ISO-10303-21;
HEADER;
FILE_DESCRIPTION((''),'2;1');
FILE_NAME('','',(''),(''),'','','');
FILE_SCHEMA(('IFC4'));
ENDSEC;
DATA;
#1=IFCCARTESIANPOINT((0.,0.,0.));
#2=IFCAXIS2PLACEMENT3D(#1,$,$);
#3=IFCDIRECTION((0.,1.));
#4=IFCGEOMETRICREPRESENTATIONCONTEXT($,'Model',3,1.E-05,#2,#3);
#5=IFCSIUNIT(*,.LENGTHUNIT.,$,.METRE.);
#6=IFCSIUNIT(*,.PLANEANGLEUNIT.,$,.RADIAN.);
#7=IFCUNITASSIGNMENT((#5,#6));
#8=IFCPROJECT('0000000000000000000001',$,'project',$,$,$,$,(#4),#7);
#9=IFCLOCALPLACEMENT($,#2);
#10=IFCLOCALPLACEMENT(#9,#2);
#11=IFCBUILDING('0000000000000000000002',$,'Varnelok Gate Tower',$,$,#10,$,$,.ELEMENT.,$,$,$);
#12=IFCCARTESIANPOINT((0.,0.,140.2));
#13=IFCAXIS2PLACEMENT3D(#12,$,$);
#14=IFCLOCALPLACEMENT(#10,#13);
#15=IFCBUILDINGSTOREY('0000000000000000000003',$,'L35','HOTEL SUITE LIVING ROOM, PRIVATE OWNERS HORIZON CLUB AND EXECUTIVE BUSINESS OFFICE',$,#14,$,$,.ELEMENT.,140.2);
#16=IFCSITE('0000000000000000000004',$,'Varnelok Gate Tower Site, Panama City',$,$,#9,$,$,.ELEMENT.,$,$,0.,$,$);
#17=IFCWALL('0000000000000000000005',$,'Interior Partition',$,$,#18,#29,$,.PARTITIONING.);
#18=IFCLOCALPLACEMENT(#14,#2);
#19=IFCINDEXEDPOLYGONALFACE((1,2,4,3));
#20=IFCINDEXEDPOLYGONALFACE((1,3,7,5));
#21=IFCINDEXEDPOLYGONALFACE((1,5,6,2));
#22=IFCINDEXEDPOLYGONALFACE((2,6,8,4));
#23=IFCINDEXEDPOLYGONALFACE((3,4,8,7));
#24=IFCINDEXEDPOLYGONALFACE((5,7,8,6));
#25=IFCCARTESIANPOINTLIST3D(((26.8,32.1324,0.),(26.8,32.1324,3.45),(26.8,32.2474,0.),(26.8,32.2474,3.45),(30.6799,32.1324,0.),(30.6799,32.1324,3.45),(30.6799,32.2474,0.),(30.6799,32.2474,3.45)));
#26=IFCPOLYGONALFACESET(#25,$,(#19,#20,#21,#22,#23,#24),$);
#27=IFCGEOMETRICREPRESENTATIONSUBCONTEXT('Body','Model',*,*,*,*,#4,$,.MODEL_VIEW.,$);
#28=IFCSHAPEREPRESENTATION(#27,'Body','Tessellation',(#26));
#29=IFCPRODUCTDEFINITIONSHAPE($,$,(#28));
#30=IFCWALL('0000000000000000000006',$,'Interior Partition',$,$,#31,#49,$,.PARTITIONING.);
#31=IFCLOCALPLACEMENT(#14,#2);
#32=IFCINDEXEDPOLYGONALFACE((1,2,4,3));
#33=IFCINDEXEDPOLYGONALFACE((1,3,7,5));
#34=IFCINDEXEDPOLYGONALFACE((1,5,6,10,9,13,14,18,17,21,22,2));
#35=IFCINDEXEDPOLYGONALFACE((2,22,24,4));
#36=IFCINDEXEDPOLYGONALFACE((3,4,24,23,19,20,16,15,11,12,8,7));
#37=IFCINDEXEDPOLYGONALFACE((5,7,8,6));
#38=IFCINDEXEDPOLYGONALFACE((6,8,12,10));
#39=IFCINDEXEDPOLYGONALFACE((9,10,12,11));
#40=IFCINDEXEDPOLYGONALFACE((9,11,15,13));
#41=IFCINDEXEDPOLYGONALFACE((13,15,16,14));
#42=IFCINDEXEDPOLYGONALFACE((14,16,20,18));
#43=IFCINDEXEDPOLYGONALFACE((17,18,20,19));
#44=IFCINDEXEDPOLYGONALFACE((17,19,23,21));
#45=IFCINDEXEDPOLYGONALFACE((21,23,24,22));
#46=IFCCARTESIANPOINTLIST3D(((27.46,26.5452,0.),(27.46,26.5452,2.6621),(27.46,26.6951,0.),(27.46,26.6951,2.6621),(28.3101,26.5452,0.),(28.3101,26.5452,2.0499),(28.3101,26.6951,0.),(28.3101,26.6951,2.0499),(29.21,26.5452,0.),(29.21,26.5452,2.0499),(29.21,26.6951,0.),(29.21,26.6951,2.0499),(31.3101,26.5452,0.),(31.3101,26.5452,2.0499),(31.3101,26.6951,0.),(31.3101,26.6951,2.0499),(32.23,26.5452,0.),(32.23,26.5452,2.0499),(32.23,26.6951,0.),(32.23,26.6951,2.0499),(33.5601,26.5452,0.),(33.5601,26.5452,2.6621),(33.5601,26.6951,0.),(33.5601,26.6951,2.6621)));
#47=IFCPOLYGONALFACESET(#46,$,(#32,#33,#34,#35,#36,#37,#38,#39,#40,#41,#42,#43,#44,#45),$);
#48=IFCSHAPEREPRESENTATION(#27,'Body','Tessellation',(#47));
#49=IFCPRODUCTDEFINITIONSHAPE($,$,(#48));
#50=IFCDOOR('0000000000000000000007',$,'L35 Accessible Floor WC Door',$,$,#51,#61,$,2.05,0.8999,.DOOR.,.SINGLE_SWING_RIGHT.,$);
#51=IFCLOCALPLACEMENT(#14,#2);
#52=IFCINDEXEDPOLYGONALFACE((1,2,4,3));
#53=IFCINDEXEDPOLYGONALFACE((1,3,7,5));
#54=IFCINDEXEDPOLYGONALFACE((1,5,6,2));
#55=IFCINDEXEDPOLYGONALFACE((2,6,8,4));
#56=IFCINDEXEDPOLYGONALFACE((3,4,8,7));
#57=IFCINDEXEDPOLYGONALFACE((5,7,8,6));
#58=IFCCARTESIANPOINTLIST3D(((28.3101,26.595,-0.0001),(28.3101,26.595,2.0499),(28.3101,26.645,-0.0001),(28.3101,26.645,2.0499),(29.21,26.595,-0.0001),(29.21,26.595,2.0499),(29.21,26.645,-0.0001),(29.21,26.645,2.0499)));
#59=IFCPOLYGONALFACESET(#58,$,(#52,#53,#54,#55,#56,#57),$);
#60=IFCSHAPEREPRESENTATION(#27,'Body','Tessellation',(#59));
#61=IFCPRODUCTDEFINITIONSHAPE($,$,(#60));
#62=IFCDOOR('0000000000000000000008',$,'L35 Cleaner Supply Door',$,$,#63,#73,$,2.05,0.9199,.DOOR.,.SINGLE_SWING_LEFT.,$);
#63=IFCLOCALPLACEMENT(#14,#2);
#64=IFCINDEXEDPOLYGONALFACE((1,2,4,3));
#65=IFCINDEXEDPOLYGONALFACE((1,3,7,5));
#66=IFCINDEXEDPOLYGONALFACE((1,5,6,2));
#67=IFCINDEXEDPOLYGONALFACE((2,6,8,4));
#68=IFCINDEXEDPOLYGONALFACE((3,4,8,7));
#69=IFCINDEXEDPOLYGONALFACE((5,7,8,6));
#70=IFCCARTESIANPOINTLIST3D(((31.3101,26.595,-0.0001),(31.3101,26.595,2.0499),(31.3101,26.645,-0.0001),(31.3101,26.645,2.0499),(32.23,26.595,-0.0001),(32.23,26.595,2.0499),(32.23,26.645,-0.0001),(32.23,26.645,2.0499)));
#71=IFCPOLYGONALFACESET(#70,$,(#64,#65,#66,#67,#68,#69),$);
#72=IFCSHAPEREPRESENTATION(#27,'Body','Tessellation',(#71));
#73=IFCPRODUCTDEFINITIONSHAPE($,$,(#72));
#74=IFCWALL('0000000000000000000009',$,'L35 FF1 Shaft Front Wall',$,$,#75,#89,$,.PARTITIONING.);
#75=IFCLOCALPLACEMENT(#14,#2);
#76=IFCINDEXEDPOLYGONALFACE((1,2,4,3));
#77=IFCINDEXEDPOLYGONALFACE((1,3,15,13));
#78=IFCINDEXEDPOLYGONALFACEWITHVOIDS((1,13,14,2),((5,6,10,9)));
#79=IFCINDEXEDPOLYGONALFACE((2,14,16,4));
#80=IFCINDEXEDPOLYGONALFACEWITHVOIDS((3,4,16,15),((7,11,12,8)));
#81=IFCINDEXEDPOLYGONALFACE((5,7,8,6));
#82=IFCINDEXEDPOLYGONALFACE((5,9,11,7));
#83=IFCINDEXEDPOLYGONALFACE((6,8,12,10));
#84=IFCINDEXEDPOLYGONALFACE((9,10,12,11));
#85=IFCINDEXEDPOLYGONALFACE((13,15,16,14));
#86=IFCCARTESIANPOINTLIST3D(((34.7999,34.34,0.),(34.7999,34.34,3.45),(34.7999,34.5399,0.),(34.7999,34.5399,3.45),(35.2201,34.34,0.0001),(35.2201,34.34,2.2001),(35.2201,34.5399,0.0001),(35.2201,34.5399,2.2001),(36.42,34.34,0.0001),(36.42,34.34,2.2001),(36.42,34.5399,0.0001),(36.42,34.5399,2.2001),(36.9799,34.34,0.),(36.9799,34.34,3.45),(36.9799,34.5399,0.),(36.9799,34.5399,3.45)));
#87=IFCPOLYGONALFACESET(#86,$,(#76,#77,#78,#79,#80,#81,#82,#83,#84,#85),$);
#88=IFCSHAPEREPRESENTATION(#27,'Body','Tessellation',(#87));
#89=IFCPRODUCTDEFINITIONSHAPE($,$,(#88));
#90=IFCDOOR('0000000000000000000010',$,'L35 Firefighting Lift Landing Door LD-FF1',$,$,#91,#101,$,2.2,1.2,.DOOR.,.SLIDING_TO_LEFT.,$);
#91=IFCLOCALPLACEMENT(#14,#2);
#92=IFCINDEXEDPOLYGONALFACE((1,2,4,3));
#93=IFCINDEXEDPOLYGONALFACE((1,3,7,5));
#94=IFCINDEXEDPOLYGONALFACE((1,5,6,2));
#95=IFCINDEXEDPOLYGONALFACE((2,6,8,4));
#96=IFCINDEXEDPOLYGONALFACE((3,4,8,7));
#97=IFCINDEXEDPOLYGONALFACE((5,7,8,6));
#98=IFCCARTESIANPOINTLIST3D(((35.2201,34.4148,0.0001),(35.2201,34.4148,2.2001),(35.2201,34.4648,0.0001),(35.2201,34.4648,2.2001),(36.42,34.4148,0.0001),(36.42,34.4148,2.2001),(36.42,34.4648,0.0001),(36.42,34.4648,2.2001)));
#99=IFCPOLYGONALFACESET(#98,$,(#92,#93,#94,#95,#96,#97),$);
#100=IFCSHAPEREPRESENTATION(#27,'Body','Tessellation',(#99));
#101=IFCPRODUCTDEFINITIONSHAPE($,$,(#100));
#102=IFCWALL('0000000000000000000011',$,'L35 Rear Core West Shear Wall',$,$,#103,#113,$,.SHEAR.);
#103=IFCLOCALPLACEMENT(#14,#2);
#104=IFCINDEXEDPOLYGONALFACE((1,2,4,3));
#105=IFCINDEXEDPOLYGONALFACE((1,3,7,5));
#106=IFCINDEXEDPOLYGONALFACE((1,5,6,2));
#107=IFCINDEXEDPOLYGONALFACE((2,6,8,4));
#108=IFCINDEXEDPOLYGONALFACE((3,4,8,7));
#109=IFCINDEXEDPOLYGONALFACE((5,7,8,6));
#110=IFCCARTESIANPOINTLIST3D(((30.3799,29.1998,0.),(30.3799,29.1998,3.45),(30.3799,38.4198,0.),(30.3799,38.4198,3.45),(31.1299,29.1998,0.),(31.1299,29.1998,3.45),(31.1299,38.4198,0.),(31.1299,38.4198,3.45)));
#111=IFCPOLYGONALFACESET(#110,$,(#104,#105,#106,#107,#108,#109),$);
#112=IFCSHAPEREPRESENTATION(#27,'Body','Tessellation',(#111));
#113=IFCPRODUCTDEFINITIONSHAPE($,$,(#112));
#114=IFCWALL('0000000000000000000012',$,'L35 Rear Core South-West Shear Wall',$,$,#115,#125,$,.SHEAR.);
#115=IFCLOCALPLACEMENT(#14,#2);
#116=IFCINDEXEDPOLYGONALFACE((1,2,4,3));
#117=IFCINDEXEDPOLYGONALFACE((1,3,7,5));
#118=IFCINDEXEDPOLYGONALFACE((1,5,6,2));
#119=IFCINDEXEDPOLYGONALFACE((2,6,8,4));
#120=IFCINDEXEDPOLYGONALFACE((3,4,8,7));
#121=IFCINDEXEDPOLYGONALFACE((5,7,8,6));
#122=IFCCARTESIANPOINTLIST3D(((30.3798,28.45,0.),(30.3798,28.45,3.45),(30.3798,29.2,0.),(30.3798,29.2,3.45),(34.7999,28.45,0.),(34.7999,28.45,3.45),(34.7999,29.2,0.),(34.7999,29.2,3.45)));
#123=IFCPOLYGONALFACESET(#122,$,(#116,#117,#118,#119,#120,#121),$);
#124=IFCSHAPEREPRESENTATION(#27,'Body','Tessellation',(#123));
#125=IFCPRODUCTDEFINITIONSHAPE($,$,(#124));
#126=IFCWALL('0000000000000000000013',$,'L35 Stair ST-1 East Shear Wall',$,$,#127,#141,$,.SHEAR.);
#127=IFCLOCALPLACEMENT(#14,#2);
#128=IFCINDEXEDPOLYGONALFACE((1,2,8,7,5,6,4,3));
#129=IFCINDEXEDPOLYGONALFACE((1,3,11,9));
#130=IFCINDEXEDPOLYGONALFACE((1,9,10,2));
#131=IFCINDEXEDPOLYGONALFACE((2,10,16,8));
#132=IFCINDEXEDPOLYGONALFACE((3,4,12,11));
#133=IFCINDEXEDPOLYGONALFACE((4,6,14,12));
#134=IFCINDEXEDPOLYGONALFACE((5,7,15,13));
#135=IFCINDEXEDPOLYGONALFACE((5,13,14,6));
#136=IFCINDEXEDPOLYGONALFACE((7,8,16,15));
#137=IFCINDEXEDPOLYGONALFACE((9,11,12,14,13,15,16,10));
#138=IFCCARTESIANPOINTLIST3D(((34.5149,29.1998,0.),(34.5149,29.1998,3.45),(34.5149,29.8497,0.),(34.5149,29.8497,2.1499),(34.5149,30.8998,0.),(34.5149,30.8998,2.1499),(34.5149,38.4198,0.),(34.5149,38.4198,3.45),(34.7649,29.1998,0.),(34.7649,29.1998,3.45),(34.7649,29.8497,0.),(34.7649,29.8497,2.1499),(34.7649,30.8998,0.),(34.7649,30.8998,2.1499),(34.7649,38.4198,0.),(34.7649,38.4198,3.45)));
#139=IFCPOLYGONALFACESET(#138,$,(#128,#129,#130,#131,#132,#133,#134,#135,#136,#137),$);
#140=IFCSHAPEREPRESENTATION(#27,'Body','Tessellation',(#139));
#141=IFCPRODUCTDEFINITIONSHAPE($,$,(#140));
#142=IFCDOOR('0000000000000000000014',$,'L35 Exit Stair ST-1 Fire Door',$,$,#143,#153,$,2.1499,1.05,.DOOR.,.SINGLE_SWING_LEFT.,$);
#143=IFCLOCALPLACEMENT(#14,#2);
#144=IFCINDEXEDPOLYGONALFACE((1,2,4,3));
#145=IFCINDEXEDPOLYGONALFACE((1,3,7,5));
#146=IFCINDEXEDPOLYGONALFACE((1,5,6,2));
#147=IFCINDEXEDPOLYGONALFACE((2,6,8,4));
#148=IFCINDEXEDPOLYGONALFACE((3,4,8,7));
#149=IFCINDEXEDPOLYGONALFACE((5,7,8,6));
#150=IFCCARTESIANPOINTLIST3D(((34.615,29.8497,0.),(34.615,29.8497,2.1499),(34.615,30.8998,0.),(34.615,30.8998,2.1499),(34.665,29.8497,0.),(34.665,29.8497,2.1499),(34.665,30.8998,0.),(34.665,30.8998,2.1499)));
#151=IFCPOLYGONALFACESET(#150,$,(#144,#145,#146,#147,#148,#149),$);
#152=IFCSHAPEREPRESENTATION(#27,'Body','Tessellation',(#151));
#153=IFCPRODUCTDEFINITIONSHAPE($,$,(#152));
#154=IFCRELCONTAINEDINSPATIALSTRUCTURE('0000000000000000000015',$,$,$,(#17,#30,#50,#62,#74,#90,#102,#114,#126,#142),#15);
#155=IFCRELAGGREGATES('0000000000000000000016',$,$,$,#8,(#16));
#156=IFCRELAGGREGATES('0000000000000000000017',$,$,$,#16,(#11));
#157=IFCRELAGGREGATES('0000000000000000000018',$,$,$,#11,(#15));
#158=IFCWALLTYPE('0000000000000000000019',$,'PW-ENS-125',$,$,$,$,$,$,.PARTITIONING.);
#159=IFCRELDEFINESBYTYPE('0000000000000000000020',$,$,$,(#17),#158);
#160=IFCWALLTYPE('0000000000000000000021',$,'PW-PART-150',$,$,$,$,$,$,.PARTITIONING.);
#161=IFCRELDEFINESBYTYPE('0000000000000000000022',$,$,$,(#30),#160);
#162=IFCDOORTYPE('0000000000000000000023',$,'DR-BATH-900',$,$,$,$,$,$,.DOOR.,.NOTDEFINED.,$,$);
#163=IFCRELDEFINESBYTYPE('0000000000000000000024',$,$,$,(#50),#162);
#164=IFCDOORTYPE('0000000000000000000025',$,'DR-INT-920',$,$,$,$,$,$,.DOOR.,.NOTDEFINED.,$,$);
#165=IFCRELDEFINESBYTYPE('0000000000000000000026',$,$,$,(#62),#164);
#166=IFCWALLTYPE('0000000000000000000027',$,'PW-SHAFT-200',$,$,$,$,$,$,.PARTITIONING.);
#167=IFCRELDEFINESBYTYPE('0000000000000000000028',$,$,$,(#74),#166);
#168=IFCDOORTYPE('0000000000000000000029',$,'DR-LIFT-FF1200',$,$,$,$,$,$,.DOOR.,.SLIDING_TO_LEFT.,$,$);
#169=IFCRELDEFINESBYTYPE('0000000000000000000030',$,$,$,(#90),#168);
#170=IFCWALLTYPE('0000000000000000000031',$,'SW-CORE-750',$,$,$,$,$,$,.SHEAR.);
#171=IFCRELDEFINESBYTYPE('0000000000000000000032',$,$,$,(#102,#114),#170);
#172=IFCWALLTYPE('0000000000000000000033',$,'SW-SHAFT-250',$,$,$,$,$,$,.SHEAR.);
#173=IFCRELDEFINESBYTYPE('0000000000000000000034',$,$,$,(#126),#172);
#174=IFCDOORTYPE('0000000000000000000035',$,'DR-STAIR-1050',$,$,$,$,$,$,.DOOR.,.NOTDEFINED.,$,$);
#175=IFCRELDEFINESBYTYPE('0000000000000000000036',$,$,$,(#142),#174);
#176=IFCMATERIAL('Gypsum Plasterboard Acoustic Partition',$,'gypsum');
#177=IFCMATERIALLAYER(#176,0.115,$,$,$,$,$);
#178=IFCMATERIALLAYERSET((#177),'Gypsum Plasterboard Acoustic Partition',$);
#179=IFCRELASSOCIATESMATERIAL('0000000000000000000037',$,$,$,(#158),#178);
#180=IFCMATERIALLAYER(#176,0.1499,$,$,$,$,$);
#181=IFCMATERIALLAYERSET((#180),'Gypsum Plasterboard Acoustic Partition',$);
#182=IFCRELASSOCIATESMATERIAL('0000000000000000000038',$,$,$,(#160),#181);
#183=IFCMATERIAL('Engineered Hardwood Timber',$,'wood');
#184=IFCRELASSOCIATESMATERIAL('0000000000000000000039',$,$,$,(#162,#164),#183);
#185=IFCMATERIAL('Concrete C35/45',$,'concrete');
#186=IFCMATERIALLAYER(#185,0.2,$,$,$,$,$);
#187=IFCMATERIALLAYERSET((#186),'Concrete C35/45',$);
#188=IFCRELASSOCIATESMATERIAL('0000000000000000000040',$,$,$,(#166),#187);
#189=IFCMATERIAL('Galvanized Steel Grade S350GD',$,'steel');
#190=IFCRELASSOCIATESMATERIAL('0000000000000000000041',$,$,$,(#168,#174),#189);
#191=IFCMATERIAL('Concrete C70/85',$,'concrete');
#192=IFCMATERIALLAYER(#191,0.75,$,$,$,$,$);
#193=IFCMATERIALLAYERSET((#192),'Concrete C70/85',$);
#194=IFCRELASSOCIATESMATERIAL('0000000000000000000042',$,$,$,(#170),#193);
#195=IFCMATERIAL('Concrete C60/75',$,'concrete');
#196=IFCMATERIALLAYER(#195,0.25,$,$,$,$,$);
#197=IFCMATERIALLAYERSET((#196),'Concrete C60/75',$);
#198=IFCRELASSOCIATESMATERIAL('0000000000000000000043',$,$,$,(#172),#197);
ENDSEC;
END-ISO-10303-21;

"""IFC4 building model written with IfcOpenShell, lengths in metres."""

from ifc_helpers import new_model, si_unit, direction, frame, frame_2d, origin, place, context, subcontext, project, spatial, rectangle, extrude, material, layer, layer_set, type_object, element, fill, save


model = new_model("IFC4")

# Units and contexts
model_context = context("Model", 3, precision=1e-05, world=origin(), true_north=direction((0.0, 1.0)))
body_context = subcontext(model_context, "Body", "Model", "MODEL_VIEW")
ifc_project = project(units=[si_unit("LENGTHUNIT", "METRE"), si_unit("PLANEANGLEUNIT", "RADIAN")], contexts=[model_context])

# Site, building, storey
site_placement = place(None, origin())
site = spatial("IfcSite", under=ifc_project, at=site_placement, Name="Varnelok Gate Tower Site, Panama City", CompositionType="ELEMENT", RefElevation=0.0)
building_placement = place(site_placement, origin())
building = spatial("IfcBuilding", under=site, at=building_placement, Name="Varnelok Gate Tower", CompositionType="ELEMENT")
storey_placement = place(building_placement, frame((0.0, 0.0, 140.2)))
storey = spatial("IfcBuildingStorey", under=building, at=storey_placement, Name="L35", Description="HOTEL SUITE LIVING ROOM, PRIVATE OWNERS HORIZON CLUB AND EXECUTIVE BUSINESS OFFICE", CompositionType="ELEMENT", Elevation=140.2)

# Shared definitions
ifc_material_1 = material(Name="Concrete C70/85", Category="concrete")

# Shared definitions
ifc_material_2 = material(Name="Concrete C60/75", Category="concrete")

# Wall
ifc_material_3 = material(Name="Gypsum Plasterboard Acoustic Partition", Category="gypsum")
ifc_layer_1 = layer(ifc_material_3, 0.115)
ifc_layer_set_1 = layer_set([ifc_layer_1], Name="Gypsum Plasterboard Acoustic Partition")
wall_type_1 = type_object("IfcWallType", Name="PW-ENS-125", PredefinedType="PARTITIONING", material=ifc_layer_set_1)
wall_1_placement = place(storey_placement, frame((26.8, 32.1899, 0.0), z_axis=(0.0, 0.0, 1.0), x_axis=(1.0, 0.0, 0.0)))
element("IfcWall", 1, at=wall_1_placement, inside=storey, type_object=wall_type_1, Name="Interior Partition", PredefinedType="PARTITIONING", context=body_context, shape_type="SweptSolid", body=[
    extrude(rectangle(XDim=3.8799, YDim=0.115, at=frame_2d((1.9399, 0.0))), origin(), (0.0, 0.0, 1.0), 3.45),
])

# Wall, openings, doors
ifc_layer_2 = layer(ifc_material_3, 0.1499)
ifc_layer_set_2 = layer_set([ifc_layer_2], Name="Gypsum Plasterboard Acoustic Partition")
wall_type_2 = type_object("IfcWallType", Name="PW-PART-150", PredefinedType="PARTITIONING", material=ifc_layer_set_2)
wall_2_placement = place(storey_placement, frame((27.46, 26.6201, 0.0), z_axis=(0.0, 0.0, 1.0), x_axis=(1.0, 0.0, 0.0)))
wall_2 = element("IfcWall", 2, at=wall_2_placement, inside=storey, type_object=wall_type_2, Name="Interior Partition", PredefinedType="PARTITIONING", context=body_context, shape_type="SweptSolid", body=[
    extrude(rectangle(XDim=6.1001, YDim=0.1499, at=frame_2d((3.05, 0.0))), origin(), (0.0, 0.0, 1.0), 2.6621),
])
opening_1_placement = place(wall_2_placement, frame((0.8501, 0.0, 0.0)))
opening_1 = element("IfcOpeningElement", 3, at=opening_1_placement, cuts=wall_2, PredefinedType="OPENING", context=body_context, shape_type="SweptSolid", body=[
    extrude(rectangle(XDim=0.8999, YDim=2.05, at=frame_2d((0.45, 1.0249))), frame((0.0, 0.085, 0.0), z_axis=(0.0, -1.0, 0.0), x_axis=(1.0, 0.0, 0.0)), (0.0, 0.0, 1.0), 0.1699),
])
opening_2_placement = place(wall_2_placement, frame((3.8501, 0.0, 0.0)))
opening_2 = element("IfcOpeningElement", 4, at=opening_2_placement, cuts=wall_2, PredefinedType="OPENING", context=body_context, shape_type="SweptSolid", body=[
    extrude(rectangle(XDim=0.9199, YDim=2.05, at=frame_2d((0.46, 1.0249))), frame((0.0, 0.085, 0.0), z_axis=(0.0, -1.0, 0.0), x_axis=(1.0, 0.0, 0.0)), (0.0, 0.0, 1.0), 0.1699),
])
ifc_material_4 = material(Name="Engineered Hardwood Timber", Category="wood")
door_type_1 = type_object("IfcDoorType", Name="DR-BATH-900", OperationType="NOTDEFINED", PredefinedType="DOOR", material=ifc_material_4)
door_1_placement = place(opening_1_placement, origin())
door_1 = element("IfcDoor", 5, at=door_1_placement, inside=storey, type_object=door_type_1, Name="L35 Accessible Floor WC Door", OperationType="SINGLE_SWING_RIGHT", OverallHeight=2.05, OverallWidth=0.8999, PredefinedType="DOOR", context=body_context, shape_type="SweptSolid", body=[
    extrude(rectangle(XDim=0.8999, YDim=2.05, at=frame_2d((0.45, 1.0249))), frame((0.0, 0.0249, 0.0), z_axis=(0.0, -1.0, 0.0), x_axis=(1.0, 0.0, 0.0)), (0.0, 0.0, 1.0), 0.05),
])
fill(opening_1, door_1)
door_type_2 = type_object("IfcDoorType", Name="DR-INT-920", OperationType="NOTDEFINED", PredefinedType="DOOR", material=ifc_material_4)
door_2_placement = place(opening_2_placement, origin())
door_2 = element("IfcDoor", 6, at=door_2_placement, inside=storey, type_object=door_type_2, Name="L35 Cleaner Supply Door", OperationType="SINGLE_SWING_LEFT", OverallHeight=2.05, OverallWidth=0.9199, PredefinedType="DOOR", context=body_context, shape_type="SweptSolid", body=[
    extrude(rectangle(XDim=0.9199, YDim=2.05, at=frame_2d((0.46, 1.0249))), frame((0.0, 0.0249, 0.0), z_axis=(0.0, -1.0, 0.0), x_axis=(1.0, 0.0, 0.0)), (0.0, 0.0, 1.0), 0.05),
])
fill(opening_2, door_2)

# Wall, opening, door
ifc_material_5 = material(Name="Concrete C35/45", Category="concrete")
ifc_layer_3 = layer(ifc_material_5, 0.2)
ifc_layer_set_3 = layer_set([ifc_layer_3], Name="Concrete C35/45")
wall_type_3 = type_object("IfcWallType", Name="PW-SHAFT-200", PredefinedType="PARTITIONING", material=ifc_layer_set_3)
wall_3_placement = place(storey_placement, frame((34.8, 34.4399, 0.0), z_axis=(0.0, 0.0, 1.0), x_axis=(1.0, 0.0, 0.0)))
wall_3 = element("IfcWall", 7, at=wall_3_placement, inside=storey, type_object=wall_type_3, Name="L35 FF1 Shaft Front Wall", PredefinedType="PARTITIONING", context=body_context, shape_type="SweptSolid", body=[
    extrude(rectangle(XDim=2.1799, YDim=0.2, at=frame_2d((1.0898, 0.0))), origin(), (0.0, 0.0, 1.0), 3.45),
])
opening_3_placement = place(wall_3_placement, frame((0.4199, 0.0, 0.0)))
opening_3 = element("IfcOpeningElement", 8, at=opening_3_placement, cuts=wall_3, PredefinedType="OPENING", context=body_context, shape_type="SweptSolid", body=[
    extrude(rectangle(XDim=1.2, YDim=2.2, at=frame_2d((0.6001, 1.1001))), frame((0.0, 0.1099, 0.0), z_axis=(0.0, -1.0, 0.0), x_axis=(1.0, 0.0, 0.0)), (0.0, 0.0, 1.0), 0.22),
])
ifc_material_6 = material(Name="Galvanized Steel Grade S350GD", Category="steel")
door_type_3 = type_object("IfcDoorType", Name="DR-LIFT-FF1200", OperationType="SLIDING_TO_LEFT", PredefinedType="DOOR", material=ifc_material_6)
door_3_placement = place(opening_3_placement, origin())
door_3 = element("IfcDoor", 9, at=door_3_placement, inside=storey, type_object=door_type_3, Name="L35 Firefighting Lift Landing Door LD-FF1", OperationType="SLIDING_TO_LEFT", OverallHeight=2.2, OverallWidth=1.2, PredefinedType="DOOR", context=body_context, shape_type="SweptSolid", body=[
    extrude(rectangle(XDim=1.2, YDim=2.2, at=frame_2d((0.6001, 1.1001))), frame((0.0, 0.0249, 0.0), z_axis=(0.0, -1.0, 0.0), x_axis=(1.0, 0.0, 0.0)), (0.0, 0.0, 1.0), 0.05),
])
fill(opening_3, door_3)

# Walls
ifc_layer_4 = layer(ifc_material_1, 0.75)
ifc_layer_set_4 = layer_set([ifc_layer_4], Name="Concrete C70/85")
wall_type_4 = type_object("IfcWallType", Name="SW-CORE-750", PredefinedType="SHEAR", material=ifc_layer_set_4)
wall_4_placement = place(storey_placement, frame((30.7549, 29.2, 0.0), z_axis=(0.0, 0.0, 1.0), x_axis=(0.0, 1.0, 0.0)))
element("IfcWall", 10, at=wall_4_placement, inside=storey, type_object=wall_type_4, Name="L35 Rear Core West Shear Wall", PredefinedType="SHEAR", context=body_context, shape_type="SweptSolid", body=[
    extrude(rectangle(XDim=9.22, YDim=0.75, at=frame_2d((4.6099, 0.0))), origin(), (0.0, 0.0, 1.0), 3.45),
])
wall_5_placement = place(storey_placement, frame((30.3799, 28.825, 0.0), z_axis=(0.0, 0.0, 1.0), x_axis=(1.0, 0.0, 0.0)))
element("IfcWall", 11, at=wall_5_placement, inside=storey, type_object=wall_type_4, Name="L35 Rear Core South-West Shear Wall", PredefinedType="SHEAR", context=body_context, shape_type="SweptSolid", body=[
    extrude(rectangle(XDim=4.4202, YDim=0.75, at=frame_2d((2.21, 0.0))), origin(), (0.0, 0.0, 1.0), 3.45),
])

# Wall, opening, door
ifc_layer_5 = layer(ifc_material_2, 0.25)
ifc_layer_set_5 = layer_set([ifc_layer_5], Name="Concrete C60/75")
wall_type_5 = type_object("IfcWallType", Name="SW-SHAFT-250", PredefinedType="SHEAR", material=ifc_layer_set_5)
wall_6_placement = place(storey_placement, frame((34.6399, 29.2, 0.0), z_axis=(0.0, 0.0, 1.0), x_axis=(0.0, 1.0, 0.0)))
wall_6 = element("IfcWall", 12, at=wall_6_placement, inside=storey, type_object=wall_type_5, Name="L35 Stair ST-1 East Shear Wall", PredefinedType="SHEAR", context=body_context, shape_type="SweptSolid", body=[
    extrude(rectangle(XDim=9.22, YDim=0.25, at=frame_2d((4.6099, 0.0))), origin(), (0.0, 0.0, 1.0), 3.45),
])
opening_4_placement = place(wall_6_placement, frame((0.6499, 0.0, 0.0)))
opening_4 = element("IfcOpeningElement", 13, at=opening_4_placement, cuts=wall_6, PredefinedType="OPENING", context=body_context, shape_type="SweptSolid", body=[
    extrude(rectangle(XDim=1.05, YDim=2.1499, at=frame_2d((0.5249, 1.075))), frame((0.0, 0.135, 0.0), z_axis=(0.0, -1.0, 0.0), x_axis=(1.0, 0.0, 0.0)), (0.0, 0.0, 1.0), 0.27),
])
door_type_4 = type_object("IfcDoorType", Name="DR-STAIR-1050", OperationType="NOTDEFINED", PredefinedType="DOOR", material=ifc_material_6)
door_4_placement = place(opening_4_placement, origin())
door_4 = element("IfcDoor", 14, at=door_4_placement, inside=storey, type_object=door_type_4, Name="L35 Exit Stair ST-1 Fire Door", OperationType="SINGLE_SWING_LEFT", OverallHeight=2.1499, OverallWidth=1.05, PredefinedType="DOOR", context=body_context, shape_type="SweptSolid", body=[
    extrude(rectangle(XDim=1.05, YDim=2.1499, at=frame_2d((0.5249, 1.075))), frame((0.0, 0.0249, 0.0), z_axis=(0.0, -1.0, 0.0), x_axis=(1.0, 0.0, 0.0)), (0.0, 0.0, 1.0), 0.05),
])
fill(opening_4, door_4)

save(model, "model.ifc")
